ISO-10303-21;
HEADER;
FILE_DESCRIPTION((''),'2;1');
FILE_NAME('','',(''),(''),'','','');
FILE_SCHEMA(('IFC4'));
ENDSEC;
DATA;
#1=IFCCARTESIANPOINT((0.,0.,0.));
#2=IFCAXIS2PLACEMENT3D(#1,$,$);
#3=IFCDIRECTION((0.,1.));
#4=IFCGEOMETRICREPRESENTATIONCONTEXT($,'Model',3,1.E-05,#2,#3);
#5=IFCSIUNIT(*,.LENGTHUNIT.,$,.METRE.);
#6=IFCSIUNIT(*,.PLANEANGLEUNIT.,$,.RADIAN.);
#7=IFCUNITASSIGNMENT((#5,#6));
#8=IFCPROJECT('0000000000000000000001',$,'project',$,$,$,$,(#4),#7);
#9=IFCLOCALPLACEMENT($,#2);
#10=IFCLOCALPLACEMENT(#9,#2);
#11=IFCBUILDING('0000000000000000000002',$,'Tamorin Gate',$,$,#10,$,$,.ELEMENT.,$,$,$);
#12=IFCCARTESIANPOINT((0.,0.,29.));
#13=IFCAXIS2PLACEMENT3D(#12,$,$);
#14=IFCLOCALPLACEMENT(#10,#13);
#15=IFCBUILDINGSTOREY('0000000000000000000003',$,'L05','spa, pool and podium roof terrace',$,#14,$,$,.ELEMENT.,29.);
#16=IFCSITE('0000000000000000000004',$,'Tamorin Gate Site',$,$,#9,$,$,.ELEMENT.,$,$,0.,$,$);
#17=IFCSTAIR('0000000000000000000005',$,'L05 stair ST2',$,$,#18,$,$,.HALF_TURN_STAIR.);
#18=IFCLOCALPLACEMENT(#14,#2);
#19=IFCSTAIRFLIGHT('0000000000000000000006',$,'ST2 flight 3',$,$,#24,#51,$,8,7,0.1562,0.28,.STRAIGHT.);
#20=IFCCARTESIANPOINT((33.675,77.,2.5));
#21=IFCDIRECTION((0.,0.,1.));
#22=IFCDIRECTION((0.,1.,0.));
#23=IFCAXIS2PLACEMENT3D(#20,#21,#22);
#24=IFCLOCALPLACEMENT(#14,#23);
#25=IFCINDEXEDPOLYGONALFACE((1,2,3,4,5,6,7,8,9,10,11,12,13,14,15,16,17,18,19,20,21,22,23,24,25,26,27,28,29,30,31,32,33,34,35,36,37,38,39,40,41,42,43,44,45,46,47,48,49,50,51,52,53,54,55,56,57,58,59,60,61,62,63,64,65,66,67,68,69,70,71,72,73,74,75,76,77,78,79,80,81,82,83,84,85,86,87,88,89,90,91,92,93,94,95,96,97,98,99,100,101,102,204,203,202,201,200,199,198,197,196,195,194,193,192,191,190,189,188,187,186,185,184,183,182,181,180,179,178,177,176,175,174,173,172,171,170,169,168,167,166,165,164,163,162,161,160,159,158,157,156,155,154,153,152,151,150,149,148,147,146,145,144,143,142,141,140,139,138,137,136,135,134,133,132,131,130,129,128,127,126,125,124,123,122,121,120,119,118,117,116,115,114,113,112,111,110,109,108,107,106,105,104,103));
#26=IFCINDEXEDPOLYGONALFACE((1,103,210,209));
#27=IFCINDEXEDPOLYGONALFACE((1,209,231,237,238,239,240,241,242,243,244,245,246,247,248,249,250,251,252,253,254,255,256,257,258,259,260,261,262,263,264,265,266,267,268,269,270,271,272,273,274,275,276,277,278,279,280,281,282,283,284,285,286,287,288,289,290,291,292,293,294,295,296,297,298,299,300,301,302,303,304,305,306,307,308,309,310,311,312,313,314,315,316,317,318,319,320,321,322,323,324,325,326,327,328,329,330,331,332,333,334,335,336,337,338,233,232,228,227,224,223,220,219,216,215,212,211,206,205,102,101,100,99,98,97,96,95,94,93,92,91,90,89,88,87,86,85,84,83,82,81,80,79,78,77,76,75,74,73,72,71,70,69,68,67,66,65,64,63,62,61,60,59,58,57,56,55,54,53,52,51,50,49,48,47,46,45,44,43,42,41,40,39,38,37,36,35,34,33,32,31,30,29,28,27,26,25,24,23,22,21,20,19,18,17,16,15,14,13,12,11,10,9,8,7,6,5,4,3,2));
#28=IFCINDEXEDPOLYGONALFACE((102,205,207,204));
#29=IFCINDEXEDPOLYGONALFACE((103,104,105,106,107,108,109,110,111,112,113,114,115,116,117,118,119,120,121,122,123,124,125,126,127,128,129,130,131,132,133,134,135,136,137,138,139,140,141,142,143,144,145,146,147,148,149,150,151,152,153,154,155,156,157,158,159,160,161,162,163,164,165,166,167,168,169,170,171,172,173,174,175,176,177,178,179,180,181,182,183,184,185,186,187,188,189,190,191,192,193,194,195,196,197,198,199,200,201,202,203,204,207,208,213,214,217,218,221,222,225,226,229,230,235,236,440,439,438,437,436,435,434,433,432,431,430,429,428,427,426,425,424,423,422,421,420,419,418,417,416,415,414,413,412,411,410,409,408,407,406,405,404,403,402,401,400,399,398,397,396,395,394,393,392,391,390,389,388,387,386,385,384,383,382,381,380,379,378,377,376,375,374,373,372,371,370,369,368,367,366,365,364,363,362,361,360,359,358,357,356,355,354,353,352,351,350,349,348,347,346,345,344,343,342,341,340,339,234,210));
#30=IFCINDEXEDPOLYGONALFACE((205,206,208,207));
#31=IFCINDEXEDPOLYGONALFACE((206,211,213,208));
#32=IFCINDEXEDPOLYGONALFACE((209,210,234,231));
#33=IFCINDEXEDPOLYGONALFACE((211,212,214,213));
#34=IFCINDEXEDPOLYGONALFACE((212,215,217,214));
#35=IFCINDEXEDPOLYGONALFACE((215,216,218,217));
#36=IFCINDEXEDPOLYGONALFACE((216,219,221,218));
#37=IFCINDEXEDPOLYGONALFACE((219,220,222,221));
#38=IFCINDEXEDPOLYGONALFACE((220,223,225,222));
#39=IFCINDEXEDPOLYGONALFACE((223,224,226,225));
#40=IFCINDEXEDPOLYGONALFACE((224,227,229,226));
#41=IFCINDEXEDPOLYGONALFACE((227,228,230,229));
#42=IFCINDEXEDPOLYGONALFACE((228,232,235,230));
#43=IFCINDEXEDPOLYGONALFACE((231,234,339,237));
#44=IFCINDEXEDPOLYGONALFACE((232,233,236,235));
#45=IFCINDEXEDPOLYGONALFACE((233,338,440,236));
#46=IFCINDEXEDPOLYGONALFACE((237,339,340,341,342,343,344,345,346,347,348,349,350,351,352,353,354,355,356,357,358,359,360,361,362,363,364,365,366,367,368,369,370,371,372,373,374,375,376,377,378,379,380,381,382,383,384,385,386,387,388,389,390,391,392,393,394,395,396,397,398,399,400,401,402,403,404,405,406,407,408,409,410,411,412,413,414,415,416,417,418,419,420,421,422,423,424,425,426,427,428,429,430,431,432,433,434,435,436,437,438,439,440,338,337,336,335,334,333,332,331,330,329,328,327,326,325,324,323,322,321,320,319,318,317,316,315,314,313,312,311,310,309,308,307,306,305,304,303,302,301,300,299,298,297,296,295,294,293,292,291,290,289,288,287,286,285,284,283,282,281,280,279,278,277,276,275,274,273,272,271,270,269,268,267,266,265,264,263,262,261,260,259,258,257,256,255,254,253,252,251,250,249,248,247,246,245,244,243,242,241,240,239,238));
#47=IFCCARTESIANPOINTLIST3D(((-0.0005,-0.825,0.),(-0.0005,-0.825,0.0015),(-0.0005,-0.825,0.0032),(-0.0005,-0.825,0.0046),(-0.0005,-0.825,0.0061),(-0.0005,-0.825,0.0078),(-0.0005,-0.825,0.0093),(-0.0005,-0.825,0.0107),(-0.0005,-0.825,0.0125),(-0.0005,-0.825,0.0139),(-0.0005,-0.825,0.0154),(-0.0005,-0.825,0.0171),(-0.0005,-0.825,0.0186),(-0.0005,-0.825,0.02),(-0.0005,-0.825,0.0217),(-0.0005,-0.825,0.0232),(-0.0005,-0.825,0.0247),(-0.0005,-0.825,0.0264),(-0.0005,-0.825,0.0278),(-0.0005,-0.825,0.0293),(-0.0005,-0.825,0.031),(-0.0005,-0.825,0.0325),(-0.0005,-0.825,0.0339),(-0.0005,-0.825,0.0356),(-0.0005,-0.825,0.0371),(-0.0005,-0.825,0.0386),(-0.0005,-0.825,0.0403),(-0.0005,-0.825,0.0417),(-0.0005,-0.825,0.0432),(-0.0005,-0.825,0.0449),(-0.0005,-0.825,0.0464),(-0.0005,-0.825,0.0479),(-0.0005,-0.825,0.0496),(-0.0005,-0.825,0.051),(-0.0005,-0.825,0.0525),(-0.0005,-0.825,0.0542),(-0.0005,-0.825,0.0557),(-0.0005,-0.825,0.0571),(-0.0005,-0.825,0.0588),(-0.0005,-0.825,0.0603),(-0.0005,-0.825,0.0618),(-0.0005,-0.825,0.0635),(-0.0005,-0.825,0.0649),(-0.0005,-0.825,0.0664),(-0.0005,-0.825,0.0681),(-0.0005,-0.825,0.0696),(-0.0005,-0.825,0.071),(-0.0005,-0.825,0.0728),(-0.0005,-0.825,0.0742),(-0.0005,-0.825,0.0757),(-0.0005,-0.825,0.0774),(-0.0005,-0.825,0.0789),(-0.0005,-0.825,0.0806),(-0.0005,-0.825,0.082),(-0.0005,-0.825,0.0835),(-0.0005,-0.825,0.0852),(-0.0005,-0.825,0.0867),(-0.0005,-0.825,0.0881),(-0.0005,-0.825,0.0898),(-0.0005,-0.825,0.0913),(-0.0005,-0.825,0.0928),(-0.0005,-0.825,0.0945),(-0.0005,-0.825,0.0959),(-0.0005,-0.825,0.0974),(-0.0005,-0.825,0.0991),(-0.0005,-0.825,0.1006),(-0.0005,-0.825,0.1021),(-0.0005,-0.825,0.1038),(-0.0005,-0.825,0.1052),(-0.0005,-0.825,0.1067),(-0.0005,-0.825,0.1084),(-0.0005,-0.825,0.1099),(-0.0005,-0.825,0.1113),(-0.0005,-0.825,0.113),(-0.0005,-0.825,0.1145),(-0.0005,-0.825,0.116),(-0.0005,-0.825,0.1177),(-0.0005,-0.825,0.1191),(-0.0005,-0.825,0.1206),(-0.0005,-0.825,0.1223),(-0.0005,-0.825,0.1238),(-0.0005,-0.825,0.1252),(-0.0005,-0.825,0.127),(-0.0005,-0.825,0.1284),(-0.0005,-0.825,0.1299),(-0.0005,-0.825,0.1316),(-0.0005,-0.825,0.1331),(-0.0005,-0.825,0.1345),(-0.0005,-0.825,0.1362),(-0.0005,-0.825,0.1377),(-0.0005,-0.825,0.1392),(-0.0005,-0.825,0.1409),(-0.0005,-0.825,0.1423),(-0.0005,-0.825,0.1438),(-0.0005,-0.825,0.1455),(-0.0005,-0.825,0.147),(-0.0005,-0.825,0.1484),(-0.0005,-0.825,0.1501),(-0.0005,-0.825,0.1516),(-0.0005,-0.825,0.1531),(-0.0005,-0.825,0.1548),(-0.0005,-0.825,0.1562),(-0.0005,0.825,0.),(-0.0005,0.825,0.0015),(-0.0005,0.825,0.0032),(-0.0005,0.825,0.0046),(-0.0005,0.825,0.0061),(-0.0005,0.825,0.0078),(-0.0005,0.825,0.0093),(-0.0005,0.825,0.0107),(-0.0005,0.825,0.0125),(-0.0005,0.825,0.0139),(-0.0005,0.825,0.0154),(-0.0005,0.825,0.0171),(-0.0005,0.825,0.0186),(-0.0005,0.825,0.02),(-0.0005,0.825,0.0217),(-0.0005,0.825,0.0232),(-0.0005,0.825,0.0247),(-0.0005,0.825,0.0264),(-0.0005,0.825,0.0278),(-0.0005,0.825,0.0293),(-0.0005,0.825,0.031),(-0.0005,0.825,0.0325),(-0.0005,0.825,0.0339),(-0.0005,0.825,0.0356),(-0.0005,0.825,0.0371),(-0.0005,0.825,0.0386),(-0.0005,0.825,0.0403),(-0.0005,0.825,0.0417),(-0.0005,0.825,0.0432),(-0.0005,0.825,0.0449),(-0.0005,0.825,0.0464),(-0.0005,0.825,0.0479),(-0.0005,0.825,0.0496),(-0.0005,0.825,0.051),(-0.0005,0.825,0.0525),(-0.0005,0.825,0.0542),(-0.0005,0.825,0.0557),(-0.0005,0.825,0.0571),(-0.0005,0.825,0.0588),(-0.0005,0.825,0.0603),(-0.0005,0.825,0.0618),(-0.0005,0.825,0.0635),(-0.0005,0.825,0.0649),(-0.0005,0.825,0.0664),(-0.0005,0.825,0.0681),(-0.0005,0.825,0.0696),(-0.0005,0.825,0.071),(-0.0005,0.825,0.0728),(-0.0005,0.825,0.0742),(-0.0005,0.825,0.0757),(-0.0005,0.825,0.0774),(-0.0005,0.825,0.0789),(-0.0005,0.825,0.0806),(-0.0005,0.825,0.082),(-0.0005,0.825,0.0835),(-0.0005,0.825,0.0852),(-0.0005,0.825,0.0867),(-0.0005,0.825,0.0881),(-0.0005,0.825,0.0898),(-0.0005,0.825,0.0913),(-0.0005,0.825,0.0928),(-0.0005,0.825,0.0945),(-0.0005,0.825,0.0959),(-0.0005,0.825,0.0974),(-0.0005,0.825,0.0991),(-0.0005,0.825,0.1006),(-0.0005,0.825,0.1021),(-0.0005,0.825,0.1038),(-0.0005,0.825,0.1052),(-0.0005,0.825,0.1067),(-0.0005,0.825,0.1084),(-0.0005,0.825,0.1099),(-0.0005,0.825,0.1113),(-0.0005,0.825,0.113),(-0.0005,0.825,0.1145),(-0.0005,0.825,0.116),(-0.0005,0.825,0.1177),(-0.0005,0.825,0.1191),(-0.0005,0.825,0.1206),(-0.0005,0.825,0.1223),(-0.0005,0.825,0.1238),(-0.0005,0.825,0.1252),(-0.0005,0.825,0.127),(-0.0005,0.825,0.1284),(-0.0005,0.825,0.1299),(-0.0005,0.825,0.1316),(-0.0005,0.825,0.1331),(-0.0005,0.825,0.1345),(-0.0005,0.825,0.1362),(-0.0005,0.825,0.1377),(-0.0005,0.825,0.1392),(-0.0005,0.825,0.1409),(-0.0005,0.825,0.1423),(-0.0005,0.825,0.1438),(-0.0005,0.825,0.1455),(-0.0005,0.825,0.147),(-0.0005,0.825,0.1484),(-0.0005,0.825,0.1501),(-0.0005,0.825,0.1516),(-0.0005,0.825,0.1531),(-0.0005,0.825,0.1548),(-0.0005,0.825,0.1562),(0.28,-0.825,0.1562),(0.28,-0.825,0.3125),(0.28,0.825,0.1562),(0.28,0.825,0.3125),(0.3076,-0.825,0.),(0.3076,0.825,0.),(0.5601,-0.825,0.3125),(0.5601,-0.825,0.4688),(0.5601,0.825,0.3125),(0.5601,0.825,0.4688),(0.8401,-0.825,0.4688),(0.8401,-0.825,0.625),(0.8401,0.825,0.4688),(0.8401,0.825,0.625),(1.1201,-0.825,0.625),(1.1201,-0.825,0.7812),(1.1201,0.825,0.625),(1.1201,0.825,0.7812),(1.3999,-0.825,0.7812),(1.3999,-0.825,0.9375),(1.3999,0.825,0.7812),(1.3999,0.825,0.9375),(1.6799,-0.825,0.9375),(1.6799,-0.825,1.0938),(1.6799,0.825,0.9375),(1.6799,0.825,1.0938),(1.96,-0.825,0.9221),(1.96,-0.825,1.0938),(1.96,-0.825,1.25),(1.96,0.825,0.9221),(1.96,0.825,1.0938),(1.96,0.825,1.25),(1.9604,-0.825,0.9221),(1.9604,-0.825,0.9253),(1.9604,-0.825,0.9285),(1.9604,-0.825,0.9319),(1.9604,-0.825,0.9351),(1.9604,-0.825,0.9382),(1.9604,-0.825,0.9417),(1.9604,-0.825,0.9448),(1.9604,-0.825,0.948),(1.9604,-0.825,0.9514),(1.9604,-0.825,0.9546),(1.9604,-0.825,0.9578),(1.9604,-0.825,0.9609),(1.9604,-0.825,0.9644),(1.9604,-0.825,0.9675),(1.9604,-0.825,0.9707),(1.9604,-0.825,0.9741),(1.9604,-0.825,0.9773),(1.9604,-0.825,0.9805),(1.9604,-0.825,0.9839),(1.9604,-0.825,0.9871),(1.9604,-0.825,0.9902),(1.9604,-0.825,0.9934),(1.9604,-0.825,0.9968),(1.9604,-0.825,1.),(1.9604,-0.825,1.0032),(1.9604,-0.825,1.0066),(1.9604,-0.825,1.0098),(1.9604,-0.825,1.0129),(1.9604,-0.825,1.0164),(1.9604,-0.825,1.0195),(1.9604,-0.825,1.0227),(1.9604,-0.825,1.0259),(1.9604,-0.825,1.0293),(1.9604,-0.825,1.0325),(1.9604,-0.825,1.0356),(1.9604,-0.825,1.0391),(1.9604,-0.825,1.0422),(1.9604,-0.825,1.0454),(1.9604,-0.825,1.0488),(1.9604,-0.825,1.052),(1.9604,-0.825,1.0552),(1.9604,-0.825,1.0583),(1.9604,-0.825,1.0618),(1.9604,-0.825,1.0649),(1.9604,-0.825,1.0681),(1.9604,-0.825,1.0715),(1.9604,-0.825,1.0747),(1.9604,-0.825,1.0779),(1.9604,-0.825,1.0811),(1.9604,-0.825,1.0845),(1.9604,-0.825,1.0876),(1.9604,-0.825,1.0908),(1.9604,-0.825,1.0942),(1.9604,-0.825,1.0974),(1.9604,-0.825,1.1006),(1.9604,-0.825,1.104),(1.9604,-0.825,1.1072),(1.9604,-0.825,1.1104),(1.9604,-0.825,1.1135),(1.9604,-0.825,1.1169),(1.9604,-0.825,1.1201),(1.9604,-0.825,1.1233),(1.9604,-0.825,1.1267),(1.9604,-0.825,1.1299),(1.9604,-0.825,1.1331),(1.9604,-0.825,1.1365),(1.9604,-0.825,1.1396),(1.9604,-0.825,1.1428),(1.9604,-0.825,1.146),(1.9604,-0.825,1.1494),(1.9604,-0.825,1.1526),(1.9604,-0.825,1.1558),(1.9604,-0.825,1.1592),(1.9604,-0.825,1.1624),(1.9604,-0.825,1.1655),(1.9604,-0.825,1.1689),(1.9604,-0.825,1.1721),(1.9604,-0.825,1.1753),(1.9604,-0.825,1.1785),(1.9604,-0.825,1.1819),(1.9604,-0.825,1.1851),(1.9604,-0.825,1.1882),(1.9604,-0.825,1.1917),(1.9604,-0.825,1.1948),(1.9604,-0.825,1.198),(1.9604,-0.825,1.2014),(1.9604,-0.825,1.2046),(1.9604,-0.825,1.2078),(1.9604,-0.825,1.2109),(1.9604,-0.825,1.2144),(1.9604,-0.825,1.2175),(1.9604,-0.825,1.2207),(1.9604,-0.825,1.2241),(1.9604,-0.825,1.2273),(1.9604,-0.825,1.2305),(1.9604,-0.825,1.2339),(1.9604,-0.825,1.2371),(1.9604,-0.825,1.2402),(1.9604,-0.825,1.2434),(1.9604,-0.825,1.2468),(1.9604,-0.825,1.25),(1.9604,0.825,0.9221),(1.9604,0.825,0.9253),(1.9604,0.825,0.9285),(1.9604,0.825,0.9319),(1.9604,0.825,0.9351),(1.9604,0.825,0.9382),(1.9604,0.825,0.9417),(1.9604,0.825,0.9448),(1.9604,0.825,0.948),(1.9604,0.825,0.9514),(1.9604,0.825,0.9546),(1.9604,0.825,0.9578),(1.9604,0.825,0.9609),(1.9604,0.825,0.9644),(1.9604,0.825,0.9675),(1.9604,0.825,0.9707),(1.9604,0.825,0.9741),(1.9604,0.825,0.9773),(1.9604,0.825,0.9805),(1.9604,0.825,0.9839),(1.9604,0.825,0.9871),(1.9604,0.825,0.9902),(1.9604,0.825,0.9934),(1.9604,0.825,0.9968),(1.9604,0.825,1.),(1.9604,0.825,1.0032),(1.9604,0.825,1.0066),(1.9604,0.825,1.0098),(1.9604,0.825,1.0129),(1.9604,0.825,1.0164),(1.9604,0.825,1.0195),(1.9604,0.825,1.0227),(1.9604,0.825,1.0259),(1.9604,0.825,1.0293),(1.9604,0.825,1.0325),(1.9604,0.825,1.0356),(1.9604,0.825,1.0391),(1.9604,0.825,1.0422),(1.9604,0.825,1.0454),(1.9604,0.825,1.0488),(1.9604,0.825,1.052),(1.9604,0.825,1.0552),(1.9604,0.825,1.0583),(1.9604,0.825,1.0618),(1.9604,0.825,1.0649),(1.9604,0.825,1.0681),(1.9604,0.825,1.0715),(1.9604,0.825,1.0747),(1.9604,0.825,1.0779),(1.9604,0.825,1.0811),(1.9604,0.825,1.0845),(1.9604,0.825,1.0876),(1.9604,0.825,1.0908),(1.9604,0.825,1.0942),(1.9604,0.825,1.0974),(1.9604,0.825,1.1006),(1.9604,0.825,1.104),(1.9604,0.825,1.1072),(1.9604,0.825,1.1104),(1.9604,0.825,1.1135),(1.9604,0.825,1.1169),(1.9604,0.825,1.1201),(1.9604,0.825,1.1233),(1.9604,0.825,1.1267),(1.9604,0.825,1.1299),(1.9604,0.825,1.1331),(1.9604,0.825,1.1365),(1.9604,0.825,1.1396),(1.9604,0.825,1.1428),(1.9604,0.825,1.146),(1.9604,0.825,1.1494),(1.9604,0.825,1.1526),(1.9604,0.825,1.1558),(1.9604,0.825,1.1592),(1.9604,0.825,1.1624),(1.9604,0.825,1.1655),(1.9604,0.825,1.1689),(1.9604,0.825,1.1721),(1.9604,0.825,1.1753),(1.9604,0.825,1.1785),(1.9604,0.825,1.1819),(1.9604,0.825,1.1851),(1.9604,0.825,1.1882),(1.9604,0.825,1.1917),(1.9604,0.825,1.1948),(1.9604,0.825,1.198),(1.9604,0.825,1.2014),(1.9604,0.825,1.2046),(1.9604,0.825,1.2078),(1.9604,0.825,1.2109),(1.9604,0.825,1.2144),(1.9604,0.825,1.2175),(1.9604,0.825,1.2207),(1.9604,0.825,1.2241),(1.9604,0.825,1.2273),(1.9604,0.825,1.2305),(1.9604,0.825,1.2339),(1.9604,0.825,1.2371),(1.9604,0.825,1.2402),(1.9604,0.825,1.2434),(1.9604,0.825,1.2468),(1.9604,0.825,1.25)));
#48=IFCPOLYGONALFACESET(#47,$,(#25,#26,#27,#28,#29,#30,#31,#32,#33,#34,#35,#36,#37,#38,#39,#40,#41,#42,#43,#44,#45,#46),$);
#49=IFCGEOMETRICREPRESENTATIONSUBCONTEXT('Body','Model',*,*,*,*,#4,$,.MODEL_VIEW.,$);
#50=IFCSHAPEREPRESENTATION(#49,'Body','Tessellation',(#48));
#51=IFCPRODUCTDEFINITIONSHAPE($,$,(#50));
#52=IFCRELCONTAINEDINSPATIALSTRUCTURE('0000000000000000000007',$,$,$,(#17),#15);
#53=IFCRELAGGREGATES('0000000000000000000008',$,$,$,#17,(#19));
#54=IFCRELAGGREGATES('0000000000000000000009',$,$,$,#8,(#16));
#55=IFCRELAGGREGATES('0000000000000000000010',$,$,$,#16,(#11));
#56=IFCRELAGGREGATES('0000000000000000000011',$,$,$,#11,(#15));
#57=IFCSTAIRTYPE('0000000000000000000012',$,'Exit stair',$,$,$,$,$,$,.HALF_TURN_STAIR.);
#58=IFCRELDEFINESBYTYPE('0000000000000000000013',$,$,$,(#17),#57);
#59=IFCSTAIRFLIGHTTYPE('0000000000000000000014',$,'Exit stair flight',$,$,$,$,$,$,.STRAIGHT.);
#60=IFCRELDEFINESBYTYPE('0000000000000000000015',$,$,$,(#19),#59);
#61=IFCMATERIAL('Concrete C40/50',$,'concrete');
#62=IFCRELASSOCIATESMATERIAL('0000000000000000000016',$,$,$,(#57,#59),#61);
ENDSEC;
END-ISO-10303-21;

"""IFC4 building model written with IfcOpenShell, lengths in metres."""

from ifc_helpers import new_model, si_unit, direction, frame, origin, place, context, subcontext, project, spatial, polyline, outline, extrude, material, type_object, element, aggregate, save


model = new_model("IFC4")

# Units and contexts
model_context = context("Model", 3, precision=1e-05, world=origin(), true_north=direction((0.0, 1.0)))
body_context = subcontext(model_context, "Body", "Model", "MODEL_VIEW")
ifc_project = project(units=[si_unit("LENGTHUNIT", "METRE"), si_unit("PLANEANGLEUNIT", "RADIAN")], contexts=[model_context])

# Site, building, storey
site_placement = place(None, origin())
site = spatial("IfcSite", under=ifc_project, at=site_placement, Name="Tamorin Gate Site", CompositionType="ELEMENT", RefElevation=0.0)
building_placement = place(site_placement, origin())
building = spatial("IfcBuilding", under=site, at=building_placement, Name="Tamorin Gate", CompositionType="ELEMENT")
storey_placement = place(building_placement, frame((0.0, 0.0, 29.0)))
storey = spatial("IfcBuildingStorey", under=building, at=storey_placement, Name="L05", Description="spa, pool and podium roof terrace", CompositionType="ELEMENT", Elevation=29.0)

# Stair, stair flight
ifc_material_1 = material(Name="Concrete C40/50", Category="concrete")
stair_type = type_object("IfcStairType", Name="Exit stair", PredefinedType="HALF_TURN_STAIR", material=ifc_material_1)
stair_placement = place(storey_placement, origin())
stair = element("IfcStair", 1, at=stair_placement, inside=storey, type_object=stair_type, Name="L05 stair ST2", PredefinedType="HALF_TURN_STAIR")
stair_flight_type = type_object("IfcStairFlightType", Name="Exit stair flight", PredefinedType="STRAIGHT", material=ifc_material_1)
stair_flight_1_placement = place(storey_placement, frame((33.675, 77.0, 2.5), z_axis=(0.0, 0.0, 1.0), x_axis=(0.0, 1.0, 0.0)))
stair_flight_1 = element("IfcStairFlight", 2, at=stair_flight_1_placement, type_object=stair_flight_type, Name="ST2 flight 3", NumberOfRisers=8, NumberOfTreads=7, PredefinedType="STRAIGHT", RiserHeight=0.1562, TreadLength=0.28, context=body_context, shape_type="SweptSolid", body=[
    extrude(outline(polyline([(-0.0005, 0.0), (-0.0005, 0.0015), (-0.0005, 0.0032), (-0.0005, 0.0046), (-0.0005, 0.0061), (-0.0005, 0.0078), (-0.0005, 0.0093), (-0.0005, 0.0107), (-0.0005, 0.0125), (-0.0005, 0.0139), (-0.0005, 0.0154), (-0.0005, 0.0171), (-0.0005, 0.0186), (-0.0005, 0.02), (-0.0005, 0.0217), (-0.0005, 0.0232), (-0.0005, 0.0247), (-0.0005, 0.0264), (-0.0005, 0.0278), (-0.0005, 0.0293), (-0.0005, 0.031), (-0.0005, 0.0325), (-0.0005, 0.0339), (-0.0005, 0.0356), (-0.0005, 0.0371), (-0.0005, 0.0386), (-0.0005, 0.0403), (-0.0005, 0.0417), (-0.0005, 0.0432), (-0.0005, 0.0449), (-0.0005, 0.0464), (-0.0005, 0.0479), (-0.0005, 0.0496), (-0.0005, 0.051), (-0.0005, 0.0525), (-0.0005, 0.0542), (-0.0005, 0.0557), (-0.0005, 0.0571), (-0.0005, 0.0588), (-0.0005, 0.0603), (-0.0005, 0.0618), (-0.0005, 0.0635), (-0.0005, 0.0649), (-0.0005, 0.0664), (-0.0005, 0.0681), (-0.0005, 0.0696), (-0.0005, 0.071), (-0.0005, 0.0728), (-0.0005, 0.0742), (-0.0005, 0.0757), (-0.0005, 0.0774), (-0.0005, 0.0789), (-0.0005, 0.0806), (-0.0005, 0.082), (-0.0005, 0.0835), (-0.0005, 0.0852), (-0.0005, 0.0867), (-0.0005, 0.0881), (-0.0005, 0.0898), (-0.0005, 0.0913), (-0.0005, 0.0928), (-0.0005, 0.0945), (-0.0005, 0.0959), (-0.0005, 0.0974), (-0.0005, 0.0991), (-0.0005, 0.1006), (-0.0005, 0.1021), (-0.0005, 0.1038), (-0.0005, 0.1052), (-0.0005, 0.1067), (-0.0005, 0.1084), (-0.0005, 0.1099), (-0.0005, 0.1113), (-0.0005, 0.113), (-0.0005, 0.1145), (-0.0005, 0.116), (-0.0005, 0.1177), (-0.0005, 0.1191), (-0.0005, 0.1206), (-0.0005, 0.1223), (-0.0005, 0.1238), (-0.0005, 0.1252), (-0.0005, 0.127), (-0.0005, 0.1284), (-0.0005, 0.1299), (-0.0005, 0.1316), (-0.0005, 0.1331), (-0.0005, 0.1345), (-0.0005, 0.1362), (-0.0005, 0.1377), (-0.0005, 0.1392), (-0.0005, 0.1409), (-0.0005, 0.1423), (-0.0005, 0.1438), (-0.0005, 0.1455), (-0.0005, 0.147), (-0.0005, 0.1484), (-0.0005, 0.1501), (-0.0005, 0.1516), (-0.0005, 0.1531), (-0.0005, 0.1548), (-0.0005, 0.1562), (0.28, 0.1562), (0.28, 0.3125), (0.5601, 0.3125), (0.5601, 0.4688), (0.8401, 0.4688), (0.8401, 0.625), (1.1201, 0.625), (1.1201, 0.7812), (1.3999, 0.7812), (1.3999, 0.9375), (1.6799, 0.9375), (1.6799, 1.0938), (1.96, 1.0938), (1.96, 1.25), (1.9604, 1.25), (1.9604, 1.2468), (1.9604, 1.2434), (1.9604, 1.2402), (1.9604, 1.2371), (1.9604, 1.2339), (1.9604, 1.2305), (1.9604, 1.2273), (1.9604, 1.2241), (1.9604, 1.2207), (1.9604, 1.2175), (1.9604, 1.2144), (1.9604, 1.2109), (1.9604, 1.2078), (1.9604, 1.2046), (1.9604, 1.2014), (1.9604, 1.198), (1.9604, 1.1948), (1.9604, 1.1917), (1.9604, 1.1882), (1.9604, 1.1851), (1.9604, 1.1819), (1.9604, 1.1785), (1.9604, 1.1753), (1.9604, 1.1721), (1.9604, 1.1689), (1.9604, 1.1655), (1.9604, 1.1624), (1.9604, 1.1592), (1.9604, 1.1558), (1.9604, 1.1526), (1.9604, 1.1494), (1.9604, 1.146), (1.9604, 1.1428), (1.9604, 1.1396), (1.9604, 1.1365), (1.9604, 1.1331), (1.9604, 1.1299), (1.9604, 1.1267), (1.9604, 1.1233), (1.9604, 1.1201), (1.9604, 1.1169), (1.9604, 1.1135), (1.9604, 1.1104), (1.9604, 1.1072), (1.9604, 1.104), (1.9604, 1.1006), (1.9604, 1.0974), (1.9604, 1.0942), (1.9604, 1.0908), (1.9604, 1.0876), (1.9604, 1.0845), (1.9604, 1.0811), (1.9604, 1.0779), (1.9604, 1.0747), (1.9604, 1.0715), (1.9604, 1.0681), (1.9604, 1.0649), (1.9604, 1.0618), (1.9604, 1.0583), (1.9604, 1.0552), (1.9604, 1.052), (1.9604, 1.0488), (1.9604, 1.0454), (1.9604, 1.0422), (1.9604, 1.0391), (1.9604, 1.0356), (1.9604, 1.0325), (1.9604, 1.0293), (1.9604, 1.0259), (1.9604, 1.0227), (1.9604, 1.0195), (1.9604, 1.0164), (1.9604, 1.0129), (1.9604, 1.0098), (1.9604, 1.0066), (1.9604, 1.0032), (1.9604, 1.0), (1.9604, 0.9968), (1.9604, 0.9934), (1.9604, 0.9902), (1.9604, 0.9871), (1.9604, 0.9839), (1.9604, 0.9805), (1.9604, 0.9773), (1.9604, 0.9741), (1.9604, 0.9707), (1.9604, 0.9675), (1.9604, 0.9644), (1.9604, 0.9609), (1.9604, 0.9578), (1.9604, 0.9546), (1.9604, 0.9514), (1.9604, 0.948), (1.9604, 0.9448), (1.9604, 0.9417), (1.9604, 0.9382), (1.9604, 0.9351), (1.9604, 0.9319), (1.9604, 0.9285), (1.9604, 0.9253), (1.9604, 0.9221), (1.96, 0.9221), (0.3076, 0.0), (-0.0005, 0.0)])), frame((0.0, 0.825, 0.0), z_axis=(0.0, -1.0, 0.0), x_axis=(1.0, 0.0, 0.0)), (0.0, 0.0, 1.0), 1.6499),
])
aggregate(stair, [stair_flight_1])

save(model, "model.ifc")
